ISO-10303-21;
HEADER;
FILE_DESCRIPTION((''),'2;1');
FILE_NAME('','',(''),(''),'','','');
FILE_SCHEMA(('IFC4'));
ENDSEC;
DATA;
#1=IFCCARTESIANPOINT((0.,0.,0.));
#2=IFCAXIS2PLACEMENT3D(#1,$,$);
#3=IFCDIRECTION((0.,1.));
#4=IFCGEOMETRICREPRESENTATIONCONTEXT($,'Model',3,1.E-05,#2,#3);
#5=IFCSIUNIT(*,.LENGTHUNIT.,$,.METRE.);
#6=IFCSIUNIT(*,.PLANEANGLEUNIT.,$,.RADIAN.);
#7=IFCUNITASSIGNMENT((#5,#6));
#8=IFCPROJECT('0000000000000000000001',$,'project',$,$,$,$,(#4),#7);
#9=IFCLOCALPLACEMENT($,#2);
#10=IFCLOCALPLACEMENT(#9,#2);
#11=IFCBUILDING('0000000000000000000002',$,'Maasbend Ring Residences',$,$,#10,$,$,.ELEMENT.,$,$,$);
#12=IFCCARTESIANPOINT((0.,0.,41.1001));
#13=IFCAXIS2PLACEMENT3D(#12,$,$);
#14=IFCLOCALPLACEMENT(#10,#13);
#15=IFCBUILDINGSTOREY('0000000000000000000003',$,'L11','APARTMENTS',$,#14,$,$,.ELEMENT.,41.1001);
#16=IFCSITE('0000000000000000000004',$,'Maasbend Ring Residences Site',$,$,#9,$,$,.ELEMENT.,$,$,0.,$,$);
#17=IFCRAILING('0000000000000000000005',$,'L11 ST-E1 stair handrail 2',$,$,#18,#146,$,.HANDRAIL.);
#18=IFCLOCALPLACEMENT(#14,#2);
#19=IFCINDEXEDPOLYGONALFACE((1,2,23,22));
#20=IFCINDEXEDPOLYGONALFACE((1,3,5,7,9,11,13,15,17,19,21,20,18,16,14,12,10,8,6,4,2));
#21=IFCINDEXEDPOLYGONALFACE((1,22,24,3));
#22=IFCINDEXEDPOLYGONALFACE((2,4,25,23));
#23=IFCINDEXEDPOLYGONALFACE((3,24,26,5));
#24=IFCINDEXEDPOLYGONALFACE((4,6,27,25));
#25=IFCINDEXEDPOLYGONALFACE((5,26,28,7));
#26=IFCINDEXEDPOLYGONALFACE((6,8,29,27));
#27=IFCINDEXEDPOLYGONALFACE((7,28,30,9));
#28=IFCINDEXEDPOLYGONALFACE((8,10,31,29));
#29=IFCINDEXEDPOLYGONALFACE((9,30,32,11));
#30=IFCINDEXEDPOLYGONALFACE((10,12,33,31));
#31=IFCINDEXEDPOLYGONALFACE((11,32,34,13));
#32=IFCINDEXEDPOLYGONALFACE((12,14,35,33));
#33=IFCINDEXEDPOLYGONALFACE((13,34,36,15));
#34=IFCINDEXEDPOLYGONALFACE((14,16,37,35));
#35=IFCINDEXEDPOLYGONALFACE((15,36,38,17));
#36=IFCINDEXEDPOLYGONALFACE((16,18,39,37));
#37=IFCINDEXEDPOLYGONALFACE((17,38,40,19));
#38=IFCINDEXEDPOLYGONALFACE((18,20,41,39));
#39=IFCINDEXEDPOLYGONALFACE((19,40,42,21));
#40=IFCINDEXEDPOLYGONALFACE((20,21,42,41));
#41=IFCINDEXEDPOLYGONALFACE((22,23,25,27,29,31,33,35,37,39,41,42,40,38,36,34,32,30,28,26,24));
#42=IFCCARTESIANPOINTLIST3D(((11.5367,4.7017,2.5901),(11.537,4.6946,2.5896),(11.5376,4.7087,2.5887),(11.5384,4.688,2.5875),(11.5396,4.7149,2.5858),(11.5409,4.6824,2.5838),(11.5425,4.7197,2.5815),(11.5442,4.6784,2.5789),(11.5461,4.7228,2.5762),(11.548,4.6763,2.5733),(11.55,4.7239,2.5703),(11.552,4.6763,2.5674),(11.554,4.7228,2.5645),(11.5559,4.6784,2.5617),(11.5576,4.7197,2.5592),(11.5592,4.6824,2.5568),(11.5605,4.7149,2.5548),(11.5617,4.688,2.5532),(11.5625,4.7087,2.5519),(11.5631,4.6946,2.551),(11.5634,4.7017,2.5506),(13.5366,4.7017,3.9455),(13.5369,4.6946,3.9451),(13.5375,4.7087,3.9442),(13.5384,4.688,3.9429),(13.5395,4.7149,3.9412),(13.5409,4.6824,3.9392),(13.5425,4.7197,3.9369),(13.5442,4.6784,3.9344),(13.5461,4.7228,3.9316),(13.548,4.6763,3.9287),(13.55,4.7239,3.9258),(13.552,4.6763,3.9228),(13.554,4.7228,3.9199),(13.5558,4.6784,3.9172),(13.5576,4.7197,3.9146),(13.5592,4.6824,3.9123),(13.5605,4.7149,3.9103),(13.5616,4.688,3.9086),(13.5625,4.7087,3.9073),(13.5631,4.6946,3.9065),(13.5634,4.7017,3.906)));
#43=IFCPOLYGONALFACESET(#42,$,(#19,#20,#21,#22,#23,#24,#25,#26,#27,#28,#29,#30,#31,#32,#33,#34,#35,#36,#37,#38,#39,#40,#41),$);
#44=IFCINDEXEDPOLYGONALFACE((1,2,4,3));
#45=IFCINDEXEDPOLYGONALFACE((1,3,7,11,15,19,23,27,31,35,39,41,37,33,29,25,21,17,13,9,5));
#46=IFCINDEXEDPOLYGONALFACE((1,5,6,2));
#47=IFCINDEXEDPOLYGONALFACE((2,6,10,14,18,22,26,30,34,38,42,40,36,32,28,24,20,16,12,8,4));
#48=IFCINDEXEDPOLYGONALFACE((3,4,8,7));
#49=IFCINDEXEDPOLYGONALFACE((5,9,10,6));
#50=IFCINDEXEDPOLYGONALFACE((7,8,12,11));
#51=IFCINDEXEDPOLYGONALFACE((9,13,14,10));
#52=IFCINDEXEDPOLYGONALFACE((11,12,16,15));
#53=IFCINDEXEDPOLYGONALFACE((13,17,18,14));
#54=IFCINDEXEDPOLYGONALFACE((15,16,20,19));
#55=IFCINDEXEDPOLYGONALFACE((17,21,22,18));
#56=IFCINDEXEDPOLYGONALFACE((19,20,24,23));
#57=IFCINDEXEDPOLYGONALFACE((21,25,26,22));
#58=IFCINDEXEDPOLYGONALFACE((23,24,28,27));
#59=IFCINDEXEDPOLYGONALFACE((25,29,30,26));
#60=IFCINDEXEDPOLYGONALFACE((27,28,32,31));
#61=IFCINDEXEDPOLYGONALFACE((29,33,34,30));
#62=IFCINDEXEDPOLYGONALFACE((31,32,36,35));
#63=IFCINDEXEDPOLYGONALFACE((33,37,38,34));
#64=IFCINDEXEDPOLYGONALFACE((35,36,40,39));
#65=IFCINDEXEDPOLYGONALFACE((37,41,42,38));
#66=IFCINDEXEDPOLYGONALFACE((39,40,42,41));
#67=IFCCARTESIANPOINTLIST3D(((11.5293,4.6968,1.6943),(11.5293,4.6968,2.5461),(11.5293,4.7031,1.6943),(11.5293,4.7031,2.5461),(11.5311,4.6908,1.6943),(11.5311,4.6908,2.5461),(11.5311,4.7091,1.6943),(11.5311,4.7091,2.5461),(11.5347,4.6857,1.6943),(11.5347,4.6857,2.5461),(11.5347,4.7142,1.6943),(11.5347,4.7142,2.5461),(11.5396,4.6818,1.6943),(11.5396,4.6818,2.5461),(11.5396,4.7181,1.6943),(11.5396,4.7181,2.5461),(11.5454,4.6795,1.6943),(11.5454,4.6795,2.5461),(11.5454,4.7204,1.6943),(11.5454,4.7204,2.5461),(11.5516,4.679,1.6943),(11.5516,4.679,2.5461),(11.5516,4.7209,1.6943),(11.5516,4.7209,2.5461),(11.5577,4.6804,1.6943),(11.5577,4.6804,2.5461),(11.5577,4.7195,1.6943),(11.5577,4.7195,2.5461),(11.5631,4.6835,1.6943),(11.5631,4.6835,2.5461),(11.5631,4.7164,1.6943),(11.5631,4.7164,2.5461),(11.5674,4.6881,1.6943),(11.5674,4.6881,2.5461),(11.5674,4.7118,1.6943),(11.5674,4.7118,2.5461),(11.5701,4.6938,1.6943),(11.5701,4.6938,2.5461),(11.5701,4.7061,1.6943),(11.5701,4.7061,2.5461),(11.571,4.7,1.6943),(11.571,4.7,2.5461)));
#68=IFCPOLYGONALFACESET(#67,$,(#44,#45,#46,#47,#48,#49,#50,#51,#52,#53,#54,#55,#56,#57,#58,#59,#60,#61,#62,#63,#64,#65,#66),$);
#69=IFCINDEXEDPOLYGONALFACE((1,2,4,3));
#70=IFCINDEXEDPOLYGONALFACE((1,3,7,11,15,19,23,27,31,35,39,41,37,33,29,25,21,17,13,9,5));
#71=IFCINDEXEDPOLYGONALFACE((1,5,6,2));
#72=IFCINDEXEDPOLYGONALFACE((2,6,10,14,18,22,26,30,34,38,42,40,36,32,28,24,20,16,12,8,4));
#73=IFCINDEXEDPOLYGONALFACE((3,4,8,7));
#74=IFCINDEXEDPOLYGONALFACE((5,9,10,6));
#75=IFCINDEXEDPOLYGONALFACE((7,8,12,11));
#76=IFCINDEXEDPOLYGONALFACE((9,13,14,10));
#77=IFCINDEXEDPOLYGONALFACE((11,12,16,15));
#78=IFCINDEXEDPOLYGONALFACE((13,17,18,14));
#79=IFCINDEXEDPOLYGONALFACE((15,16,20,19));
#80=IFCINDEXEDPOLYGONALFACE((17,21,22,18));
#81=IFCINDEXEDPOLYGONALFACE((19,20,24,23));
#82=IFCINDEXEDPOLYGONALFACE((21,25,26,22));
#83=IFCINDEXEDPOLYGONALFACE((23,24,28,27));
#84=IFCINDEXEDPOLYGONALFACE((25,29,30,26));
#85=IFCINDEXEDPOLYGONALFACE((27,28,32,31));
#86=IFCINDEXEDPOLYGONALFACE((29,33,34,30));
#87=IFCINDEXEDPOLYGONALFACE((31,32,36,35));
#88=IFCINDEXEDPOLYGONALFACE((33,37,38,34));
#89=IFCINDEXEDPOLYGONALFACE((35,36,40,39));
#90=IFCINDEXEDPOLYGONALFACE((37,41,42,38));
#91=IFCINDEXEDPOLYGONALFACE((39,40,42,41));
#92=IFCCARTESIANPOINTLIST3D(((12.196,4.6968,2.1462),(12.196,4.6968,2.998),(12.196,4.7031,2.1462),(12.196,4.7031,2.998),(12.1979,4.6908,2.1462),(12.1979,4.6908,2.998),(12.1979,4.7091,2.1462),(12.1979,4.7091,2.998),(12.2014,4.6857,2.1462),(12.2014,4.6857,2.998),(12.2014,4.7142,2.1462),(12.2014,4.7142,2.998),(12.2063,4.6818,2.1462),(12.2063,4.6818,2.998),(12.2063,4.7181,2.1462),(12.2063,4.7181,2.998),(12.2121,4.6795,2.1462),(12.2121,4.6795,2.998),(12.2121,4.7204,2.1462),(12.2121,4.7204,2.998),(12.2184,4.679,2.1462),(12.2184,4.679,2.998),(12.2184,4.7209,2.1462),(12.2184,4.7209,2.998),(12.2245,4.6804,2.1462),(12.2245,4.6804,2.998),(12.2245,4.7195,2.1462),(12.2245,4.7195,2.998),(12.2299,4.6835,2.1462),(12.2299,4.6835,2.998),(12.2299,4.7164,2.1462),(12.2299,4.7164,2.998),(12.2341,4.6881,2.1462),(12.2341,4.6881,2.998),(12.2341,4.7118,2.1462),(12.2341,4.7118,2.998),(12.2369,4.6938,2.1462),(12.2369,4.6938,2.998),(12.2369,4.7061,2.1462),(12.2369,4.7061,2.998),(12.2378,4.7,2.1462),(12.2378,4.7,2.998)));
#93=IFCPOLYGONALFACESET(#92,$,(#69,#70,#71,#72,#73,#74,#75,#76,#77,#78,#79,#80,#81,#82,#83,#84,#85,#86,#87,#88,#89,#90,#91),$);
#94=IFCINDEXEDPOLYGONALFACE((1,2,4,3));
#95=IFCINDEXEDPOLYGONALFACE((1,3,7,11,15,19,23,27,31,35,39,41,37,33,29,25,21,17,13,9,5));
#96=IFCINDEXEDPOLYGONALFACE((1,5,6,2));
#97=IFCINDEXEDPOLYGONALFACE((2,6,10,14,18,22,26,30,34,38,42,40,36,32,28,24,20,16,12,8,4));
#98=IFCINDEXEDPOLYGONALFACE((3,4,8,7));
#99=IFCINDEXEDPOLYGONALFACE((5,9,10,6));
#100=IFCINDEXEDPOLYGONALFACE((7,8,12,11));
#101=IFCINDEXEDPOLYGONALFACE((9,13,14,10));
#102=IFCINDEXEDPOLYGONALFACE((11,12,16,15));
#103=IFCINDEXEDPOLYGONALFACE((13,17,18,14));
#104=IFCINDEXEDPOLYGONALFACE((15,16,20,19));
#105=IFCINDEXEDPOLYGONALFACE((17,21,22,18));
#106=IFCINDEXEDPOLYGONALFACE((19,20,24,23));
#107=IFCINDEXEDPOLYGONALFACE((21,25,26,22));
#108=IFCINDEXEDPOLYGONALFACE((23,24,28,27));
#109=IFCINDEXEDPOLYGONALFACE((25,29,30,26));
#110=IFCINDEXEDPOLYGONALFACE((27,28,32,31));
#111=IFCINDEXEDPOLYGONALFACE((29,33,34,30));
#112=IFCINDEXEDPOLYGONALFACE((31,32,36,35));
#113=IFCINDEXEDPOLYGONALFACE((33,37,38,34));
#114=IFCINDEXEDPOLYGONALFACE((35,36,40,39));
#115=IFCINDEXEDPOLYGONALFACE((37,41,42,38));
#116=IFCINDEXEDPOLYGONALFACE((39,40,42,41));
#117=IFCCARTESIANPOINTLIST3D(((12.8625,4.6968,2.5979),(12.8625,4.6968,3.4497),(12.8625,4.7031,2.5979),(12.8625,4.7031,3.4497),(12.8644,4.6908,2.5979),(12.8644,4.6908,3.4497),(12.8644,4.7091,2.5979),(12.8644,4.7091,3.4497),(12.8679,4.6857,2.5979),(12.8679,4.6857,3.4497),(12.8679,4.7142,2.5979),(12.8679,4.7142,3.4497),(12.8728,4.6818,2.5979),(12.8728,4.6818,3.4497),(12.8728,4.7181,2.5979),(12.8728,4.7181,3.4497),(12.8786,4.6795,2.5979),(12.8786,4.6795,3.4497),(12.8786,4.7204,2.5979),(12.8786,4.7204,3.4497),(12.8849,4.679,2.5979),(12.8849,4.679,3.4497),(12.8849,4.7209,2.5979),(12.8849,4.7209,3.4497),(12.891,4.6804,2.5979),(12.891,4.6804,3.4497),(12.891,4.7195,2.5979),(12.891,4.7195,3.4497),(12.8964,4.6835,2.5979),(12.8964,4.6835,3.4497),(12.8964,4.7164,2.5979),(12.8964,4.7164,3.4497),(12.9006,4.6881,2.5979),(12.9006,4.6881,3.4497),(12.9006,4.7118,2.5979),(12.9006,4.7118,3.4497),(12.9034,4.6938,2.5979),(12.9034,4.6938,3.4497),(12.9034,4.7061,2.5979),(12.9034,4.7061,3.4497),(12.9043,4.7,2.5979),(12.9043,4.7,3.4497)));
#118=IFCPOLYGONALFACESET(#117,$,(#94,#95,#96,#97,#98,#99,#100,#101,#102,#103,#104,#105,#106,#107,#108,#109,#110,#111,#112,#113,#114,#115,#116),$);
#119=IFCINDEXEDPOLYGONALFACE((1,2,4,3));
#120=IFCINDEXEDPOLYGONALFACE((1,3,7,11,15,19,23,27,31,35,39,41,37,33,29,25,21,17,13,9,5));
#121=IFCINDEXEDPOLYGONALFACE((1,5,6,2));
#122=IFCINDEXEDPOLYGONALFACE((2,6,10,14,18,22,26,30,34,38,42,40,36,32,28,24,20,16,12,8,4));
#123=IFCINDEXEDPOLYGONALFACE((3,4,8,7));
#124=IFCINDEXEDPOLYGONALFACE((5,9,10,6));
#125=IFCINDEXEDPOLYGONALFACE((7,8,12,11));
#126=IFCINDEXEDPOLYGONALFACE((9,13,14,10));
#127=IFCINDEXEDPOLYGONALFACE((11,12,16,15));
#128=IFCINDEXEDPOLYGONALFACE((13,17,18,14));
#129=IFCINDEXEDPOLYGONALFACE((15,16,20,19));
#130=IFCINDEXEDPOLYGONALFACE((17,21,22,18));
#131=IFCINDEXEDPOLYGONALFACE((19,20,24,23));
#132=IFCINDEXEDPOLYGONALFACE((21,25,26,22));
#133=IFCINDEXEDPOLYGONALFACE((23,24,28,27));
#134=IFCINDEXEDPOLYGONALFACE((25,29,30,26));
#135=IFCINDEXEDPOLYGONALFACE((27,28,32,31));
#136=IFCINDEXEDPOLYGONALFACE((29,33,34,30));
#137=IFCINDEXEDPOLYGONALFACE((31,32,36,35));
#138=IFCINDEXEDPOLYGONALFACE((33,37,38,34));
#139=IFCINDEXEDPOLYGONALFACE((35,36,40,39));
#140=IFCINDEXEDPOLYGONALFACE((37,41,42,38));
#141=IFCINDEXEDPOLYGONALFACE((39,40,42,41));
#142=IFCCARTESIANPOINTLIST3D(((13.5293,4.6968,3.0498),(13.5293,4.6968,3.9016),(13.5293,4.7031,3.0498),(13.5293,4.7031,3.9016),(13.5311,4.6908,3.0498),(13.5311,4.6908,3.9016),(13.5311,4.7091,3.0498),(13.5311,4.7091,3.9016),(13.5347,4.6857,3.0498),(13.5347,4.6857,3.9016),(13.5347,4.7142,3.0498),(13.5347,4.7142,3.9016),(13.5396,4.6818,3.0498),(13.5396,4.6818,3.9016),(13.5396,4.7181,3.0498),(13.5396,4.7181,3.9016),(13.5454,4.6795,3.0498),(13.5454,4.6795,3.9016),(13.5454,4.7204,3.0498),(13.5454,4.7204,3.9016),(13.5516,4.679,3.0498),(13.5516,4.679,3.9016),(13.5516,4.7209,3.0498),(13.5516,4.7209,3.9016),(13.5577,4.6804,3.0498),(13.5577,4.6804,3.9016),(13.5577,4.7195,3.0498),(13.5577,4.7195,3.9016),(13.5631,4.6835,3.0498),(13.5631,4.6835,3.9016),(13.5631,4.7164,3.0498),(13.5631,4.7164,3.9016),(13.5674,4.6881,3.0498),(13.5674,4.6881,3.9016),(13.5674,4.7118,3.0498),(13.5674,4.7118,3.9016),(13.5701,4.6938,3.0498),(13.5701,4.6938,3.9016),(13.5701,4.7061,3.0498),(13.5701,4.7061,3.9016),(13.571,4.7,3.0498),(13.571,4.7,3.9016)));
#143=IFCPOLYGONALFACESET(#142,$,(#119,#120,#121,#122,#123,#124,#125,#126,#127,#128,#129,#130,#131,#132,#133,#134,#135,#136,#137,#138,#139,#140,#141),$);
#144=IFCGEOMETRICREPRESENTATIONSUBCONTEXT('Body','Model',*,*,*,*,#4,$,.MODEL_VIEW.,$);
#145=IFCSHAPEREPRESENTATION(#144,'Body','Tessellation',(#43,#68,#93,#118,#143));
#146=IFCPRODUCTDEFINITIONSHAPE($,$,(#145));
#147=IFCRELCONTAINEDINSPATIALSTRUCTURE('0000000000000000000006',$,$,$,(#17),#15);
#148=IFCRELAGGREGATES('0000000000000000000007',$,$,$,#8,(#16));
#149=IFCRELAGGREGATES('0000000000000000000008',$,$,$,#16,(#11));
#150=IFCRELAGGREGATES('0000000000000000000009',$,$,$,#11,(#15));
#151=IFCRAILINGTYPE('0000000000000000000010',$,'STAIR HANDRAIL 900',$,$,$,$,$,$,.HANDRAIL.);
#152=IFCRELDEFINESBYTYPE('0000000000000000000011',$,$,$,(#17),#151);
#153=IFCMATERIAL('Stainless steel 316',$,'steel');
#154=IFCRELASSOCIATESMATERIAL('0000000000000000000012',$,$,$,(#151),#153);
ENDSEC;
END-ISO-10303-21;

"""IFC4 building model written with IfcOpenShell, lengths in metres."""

from ifc_helpers import new_model, si_unit, direction, frame, origin, origin_2d, place, context, subcontext, project, spatial, circle, extrude, material, type_object, element, save


model = new_model("IFC4")

# Units and contexts
model_context = context("Model", 3, precision=1e-05, world=origin(), true_north=direction((0.0, 1.0)))
body_context = subcontext(model_context, "Body", "Model", "MODEL_VIEW")
ifc_project = project(units=[si_unit("LENGTHUNIT", "METRE"), si_unit("PLANEANGLEUNIT", "RADIAN")], contexts=[model_context])

# Site, building, storey
site_placement = place(None, origin())
site = spatial("IfcSite", under=ifc_project, at=site_placement, Name="Maasbend Ring Residences Site", CompositionType="ELEMENT", RefElevation=0.0)
building_placement = place(site_placement, origin())
building = spatial("IfcBuilding", under=site, at=building_placement, Name="Maasbend Ring Residences", CompositionType="ELEMENT")
storey_placement = place(building_placement, frame((0.0, 0.0, 41.1001)))
storey = spatial("IfcBuildingStorey", under=building, at=storey_placement, Name="L11", Description="APARTMENTS", CompositionType="ELEMENT", Elevation=41.1001)

# Railing
ifc_material_1 = material(Name="Stainless steel 316", Category="steel")
railing_type_1 = type_object("IfcRailingType", Name="STAIR HANDRAIL 900", PredefinedType="HANDRAIL", material=ifc_material_1)
railing_1_placement = place(storey_placement, frame((11.55, 4.7, 1.6943)))
element("IfcRailing", 1, at=railing_1_placement, inside=storey, type_object=railing_type_1, Name="L11 ST-E1 stair handrail 2", PredefinedType="HANDRAIL", context=body_context, shape_type="SweptSolid", body=[
    extrude(circle(Radius=0.0239, at=origin_2d()), frame((0.0, 0.0, 0.876), z_axis=(0.827798, 0.0, 0.561027), x_axis=(0.0, 1.0, 0.0)), (0.0, 0.0, 1.0), 2.416),
    extrude(circle(Radius=0.021, at=origin_2d()), origin(), (0.0, 0.0, 1.0), 0.8518),
    extrude(circle(Radius=0.021, at=origin_2d()), frame((0.6667, 0.0, 0.4519)), (0.0, 0.0, 1.0), 0.8518),
    extrude(circle(Radius=0.021, at=origin_2d()), frame((1.3333, 0.0, 0.9036)), (0.0, 0.0, 1.0), 0.8518),
    extrude(circle(Radius=0.021, at=origin_2d()), frame((2.0, 0.0, 1.3555)), (0.0, 0.0, 1.0), 0.8518),
])

save(model, "model.ifc")
